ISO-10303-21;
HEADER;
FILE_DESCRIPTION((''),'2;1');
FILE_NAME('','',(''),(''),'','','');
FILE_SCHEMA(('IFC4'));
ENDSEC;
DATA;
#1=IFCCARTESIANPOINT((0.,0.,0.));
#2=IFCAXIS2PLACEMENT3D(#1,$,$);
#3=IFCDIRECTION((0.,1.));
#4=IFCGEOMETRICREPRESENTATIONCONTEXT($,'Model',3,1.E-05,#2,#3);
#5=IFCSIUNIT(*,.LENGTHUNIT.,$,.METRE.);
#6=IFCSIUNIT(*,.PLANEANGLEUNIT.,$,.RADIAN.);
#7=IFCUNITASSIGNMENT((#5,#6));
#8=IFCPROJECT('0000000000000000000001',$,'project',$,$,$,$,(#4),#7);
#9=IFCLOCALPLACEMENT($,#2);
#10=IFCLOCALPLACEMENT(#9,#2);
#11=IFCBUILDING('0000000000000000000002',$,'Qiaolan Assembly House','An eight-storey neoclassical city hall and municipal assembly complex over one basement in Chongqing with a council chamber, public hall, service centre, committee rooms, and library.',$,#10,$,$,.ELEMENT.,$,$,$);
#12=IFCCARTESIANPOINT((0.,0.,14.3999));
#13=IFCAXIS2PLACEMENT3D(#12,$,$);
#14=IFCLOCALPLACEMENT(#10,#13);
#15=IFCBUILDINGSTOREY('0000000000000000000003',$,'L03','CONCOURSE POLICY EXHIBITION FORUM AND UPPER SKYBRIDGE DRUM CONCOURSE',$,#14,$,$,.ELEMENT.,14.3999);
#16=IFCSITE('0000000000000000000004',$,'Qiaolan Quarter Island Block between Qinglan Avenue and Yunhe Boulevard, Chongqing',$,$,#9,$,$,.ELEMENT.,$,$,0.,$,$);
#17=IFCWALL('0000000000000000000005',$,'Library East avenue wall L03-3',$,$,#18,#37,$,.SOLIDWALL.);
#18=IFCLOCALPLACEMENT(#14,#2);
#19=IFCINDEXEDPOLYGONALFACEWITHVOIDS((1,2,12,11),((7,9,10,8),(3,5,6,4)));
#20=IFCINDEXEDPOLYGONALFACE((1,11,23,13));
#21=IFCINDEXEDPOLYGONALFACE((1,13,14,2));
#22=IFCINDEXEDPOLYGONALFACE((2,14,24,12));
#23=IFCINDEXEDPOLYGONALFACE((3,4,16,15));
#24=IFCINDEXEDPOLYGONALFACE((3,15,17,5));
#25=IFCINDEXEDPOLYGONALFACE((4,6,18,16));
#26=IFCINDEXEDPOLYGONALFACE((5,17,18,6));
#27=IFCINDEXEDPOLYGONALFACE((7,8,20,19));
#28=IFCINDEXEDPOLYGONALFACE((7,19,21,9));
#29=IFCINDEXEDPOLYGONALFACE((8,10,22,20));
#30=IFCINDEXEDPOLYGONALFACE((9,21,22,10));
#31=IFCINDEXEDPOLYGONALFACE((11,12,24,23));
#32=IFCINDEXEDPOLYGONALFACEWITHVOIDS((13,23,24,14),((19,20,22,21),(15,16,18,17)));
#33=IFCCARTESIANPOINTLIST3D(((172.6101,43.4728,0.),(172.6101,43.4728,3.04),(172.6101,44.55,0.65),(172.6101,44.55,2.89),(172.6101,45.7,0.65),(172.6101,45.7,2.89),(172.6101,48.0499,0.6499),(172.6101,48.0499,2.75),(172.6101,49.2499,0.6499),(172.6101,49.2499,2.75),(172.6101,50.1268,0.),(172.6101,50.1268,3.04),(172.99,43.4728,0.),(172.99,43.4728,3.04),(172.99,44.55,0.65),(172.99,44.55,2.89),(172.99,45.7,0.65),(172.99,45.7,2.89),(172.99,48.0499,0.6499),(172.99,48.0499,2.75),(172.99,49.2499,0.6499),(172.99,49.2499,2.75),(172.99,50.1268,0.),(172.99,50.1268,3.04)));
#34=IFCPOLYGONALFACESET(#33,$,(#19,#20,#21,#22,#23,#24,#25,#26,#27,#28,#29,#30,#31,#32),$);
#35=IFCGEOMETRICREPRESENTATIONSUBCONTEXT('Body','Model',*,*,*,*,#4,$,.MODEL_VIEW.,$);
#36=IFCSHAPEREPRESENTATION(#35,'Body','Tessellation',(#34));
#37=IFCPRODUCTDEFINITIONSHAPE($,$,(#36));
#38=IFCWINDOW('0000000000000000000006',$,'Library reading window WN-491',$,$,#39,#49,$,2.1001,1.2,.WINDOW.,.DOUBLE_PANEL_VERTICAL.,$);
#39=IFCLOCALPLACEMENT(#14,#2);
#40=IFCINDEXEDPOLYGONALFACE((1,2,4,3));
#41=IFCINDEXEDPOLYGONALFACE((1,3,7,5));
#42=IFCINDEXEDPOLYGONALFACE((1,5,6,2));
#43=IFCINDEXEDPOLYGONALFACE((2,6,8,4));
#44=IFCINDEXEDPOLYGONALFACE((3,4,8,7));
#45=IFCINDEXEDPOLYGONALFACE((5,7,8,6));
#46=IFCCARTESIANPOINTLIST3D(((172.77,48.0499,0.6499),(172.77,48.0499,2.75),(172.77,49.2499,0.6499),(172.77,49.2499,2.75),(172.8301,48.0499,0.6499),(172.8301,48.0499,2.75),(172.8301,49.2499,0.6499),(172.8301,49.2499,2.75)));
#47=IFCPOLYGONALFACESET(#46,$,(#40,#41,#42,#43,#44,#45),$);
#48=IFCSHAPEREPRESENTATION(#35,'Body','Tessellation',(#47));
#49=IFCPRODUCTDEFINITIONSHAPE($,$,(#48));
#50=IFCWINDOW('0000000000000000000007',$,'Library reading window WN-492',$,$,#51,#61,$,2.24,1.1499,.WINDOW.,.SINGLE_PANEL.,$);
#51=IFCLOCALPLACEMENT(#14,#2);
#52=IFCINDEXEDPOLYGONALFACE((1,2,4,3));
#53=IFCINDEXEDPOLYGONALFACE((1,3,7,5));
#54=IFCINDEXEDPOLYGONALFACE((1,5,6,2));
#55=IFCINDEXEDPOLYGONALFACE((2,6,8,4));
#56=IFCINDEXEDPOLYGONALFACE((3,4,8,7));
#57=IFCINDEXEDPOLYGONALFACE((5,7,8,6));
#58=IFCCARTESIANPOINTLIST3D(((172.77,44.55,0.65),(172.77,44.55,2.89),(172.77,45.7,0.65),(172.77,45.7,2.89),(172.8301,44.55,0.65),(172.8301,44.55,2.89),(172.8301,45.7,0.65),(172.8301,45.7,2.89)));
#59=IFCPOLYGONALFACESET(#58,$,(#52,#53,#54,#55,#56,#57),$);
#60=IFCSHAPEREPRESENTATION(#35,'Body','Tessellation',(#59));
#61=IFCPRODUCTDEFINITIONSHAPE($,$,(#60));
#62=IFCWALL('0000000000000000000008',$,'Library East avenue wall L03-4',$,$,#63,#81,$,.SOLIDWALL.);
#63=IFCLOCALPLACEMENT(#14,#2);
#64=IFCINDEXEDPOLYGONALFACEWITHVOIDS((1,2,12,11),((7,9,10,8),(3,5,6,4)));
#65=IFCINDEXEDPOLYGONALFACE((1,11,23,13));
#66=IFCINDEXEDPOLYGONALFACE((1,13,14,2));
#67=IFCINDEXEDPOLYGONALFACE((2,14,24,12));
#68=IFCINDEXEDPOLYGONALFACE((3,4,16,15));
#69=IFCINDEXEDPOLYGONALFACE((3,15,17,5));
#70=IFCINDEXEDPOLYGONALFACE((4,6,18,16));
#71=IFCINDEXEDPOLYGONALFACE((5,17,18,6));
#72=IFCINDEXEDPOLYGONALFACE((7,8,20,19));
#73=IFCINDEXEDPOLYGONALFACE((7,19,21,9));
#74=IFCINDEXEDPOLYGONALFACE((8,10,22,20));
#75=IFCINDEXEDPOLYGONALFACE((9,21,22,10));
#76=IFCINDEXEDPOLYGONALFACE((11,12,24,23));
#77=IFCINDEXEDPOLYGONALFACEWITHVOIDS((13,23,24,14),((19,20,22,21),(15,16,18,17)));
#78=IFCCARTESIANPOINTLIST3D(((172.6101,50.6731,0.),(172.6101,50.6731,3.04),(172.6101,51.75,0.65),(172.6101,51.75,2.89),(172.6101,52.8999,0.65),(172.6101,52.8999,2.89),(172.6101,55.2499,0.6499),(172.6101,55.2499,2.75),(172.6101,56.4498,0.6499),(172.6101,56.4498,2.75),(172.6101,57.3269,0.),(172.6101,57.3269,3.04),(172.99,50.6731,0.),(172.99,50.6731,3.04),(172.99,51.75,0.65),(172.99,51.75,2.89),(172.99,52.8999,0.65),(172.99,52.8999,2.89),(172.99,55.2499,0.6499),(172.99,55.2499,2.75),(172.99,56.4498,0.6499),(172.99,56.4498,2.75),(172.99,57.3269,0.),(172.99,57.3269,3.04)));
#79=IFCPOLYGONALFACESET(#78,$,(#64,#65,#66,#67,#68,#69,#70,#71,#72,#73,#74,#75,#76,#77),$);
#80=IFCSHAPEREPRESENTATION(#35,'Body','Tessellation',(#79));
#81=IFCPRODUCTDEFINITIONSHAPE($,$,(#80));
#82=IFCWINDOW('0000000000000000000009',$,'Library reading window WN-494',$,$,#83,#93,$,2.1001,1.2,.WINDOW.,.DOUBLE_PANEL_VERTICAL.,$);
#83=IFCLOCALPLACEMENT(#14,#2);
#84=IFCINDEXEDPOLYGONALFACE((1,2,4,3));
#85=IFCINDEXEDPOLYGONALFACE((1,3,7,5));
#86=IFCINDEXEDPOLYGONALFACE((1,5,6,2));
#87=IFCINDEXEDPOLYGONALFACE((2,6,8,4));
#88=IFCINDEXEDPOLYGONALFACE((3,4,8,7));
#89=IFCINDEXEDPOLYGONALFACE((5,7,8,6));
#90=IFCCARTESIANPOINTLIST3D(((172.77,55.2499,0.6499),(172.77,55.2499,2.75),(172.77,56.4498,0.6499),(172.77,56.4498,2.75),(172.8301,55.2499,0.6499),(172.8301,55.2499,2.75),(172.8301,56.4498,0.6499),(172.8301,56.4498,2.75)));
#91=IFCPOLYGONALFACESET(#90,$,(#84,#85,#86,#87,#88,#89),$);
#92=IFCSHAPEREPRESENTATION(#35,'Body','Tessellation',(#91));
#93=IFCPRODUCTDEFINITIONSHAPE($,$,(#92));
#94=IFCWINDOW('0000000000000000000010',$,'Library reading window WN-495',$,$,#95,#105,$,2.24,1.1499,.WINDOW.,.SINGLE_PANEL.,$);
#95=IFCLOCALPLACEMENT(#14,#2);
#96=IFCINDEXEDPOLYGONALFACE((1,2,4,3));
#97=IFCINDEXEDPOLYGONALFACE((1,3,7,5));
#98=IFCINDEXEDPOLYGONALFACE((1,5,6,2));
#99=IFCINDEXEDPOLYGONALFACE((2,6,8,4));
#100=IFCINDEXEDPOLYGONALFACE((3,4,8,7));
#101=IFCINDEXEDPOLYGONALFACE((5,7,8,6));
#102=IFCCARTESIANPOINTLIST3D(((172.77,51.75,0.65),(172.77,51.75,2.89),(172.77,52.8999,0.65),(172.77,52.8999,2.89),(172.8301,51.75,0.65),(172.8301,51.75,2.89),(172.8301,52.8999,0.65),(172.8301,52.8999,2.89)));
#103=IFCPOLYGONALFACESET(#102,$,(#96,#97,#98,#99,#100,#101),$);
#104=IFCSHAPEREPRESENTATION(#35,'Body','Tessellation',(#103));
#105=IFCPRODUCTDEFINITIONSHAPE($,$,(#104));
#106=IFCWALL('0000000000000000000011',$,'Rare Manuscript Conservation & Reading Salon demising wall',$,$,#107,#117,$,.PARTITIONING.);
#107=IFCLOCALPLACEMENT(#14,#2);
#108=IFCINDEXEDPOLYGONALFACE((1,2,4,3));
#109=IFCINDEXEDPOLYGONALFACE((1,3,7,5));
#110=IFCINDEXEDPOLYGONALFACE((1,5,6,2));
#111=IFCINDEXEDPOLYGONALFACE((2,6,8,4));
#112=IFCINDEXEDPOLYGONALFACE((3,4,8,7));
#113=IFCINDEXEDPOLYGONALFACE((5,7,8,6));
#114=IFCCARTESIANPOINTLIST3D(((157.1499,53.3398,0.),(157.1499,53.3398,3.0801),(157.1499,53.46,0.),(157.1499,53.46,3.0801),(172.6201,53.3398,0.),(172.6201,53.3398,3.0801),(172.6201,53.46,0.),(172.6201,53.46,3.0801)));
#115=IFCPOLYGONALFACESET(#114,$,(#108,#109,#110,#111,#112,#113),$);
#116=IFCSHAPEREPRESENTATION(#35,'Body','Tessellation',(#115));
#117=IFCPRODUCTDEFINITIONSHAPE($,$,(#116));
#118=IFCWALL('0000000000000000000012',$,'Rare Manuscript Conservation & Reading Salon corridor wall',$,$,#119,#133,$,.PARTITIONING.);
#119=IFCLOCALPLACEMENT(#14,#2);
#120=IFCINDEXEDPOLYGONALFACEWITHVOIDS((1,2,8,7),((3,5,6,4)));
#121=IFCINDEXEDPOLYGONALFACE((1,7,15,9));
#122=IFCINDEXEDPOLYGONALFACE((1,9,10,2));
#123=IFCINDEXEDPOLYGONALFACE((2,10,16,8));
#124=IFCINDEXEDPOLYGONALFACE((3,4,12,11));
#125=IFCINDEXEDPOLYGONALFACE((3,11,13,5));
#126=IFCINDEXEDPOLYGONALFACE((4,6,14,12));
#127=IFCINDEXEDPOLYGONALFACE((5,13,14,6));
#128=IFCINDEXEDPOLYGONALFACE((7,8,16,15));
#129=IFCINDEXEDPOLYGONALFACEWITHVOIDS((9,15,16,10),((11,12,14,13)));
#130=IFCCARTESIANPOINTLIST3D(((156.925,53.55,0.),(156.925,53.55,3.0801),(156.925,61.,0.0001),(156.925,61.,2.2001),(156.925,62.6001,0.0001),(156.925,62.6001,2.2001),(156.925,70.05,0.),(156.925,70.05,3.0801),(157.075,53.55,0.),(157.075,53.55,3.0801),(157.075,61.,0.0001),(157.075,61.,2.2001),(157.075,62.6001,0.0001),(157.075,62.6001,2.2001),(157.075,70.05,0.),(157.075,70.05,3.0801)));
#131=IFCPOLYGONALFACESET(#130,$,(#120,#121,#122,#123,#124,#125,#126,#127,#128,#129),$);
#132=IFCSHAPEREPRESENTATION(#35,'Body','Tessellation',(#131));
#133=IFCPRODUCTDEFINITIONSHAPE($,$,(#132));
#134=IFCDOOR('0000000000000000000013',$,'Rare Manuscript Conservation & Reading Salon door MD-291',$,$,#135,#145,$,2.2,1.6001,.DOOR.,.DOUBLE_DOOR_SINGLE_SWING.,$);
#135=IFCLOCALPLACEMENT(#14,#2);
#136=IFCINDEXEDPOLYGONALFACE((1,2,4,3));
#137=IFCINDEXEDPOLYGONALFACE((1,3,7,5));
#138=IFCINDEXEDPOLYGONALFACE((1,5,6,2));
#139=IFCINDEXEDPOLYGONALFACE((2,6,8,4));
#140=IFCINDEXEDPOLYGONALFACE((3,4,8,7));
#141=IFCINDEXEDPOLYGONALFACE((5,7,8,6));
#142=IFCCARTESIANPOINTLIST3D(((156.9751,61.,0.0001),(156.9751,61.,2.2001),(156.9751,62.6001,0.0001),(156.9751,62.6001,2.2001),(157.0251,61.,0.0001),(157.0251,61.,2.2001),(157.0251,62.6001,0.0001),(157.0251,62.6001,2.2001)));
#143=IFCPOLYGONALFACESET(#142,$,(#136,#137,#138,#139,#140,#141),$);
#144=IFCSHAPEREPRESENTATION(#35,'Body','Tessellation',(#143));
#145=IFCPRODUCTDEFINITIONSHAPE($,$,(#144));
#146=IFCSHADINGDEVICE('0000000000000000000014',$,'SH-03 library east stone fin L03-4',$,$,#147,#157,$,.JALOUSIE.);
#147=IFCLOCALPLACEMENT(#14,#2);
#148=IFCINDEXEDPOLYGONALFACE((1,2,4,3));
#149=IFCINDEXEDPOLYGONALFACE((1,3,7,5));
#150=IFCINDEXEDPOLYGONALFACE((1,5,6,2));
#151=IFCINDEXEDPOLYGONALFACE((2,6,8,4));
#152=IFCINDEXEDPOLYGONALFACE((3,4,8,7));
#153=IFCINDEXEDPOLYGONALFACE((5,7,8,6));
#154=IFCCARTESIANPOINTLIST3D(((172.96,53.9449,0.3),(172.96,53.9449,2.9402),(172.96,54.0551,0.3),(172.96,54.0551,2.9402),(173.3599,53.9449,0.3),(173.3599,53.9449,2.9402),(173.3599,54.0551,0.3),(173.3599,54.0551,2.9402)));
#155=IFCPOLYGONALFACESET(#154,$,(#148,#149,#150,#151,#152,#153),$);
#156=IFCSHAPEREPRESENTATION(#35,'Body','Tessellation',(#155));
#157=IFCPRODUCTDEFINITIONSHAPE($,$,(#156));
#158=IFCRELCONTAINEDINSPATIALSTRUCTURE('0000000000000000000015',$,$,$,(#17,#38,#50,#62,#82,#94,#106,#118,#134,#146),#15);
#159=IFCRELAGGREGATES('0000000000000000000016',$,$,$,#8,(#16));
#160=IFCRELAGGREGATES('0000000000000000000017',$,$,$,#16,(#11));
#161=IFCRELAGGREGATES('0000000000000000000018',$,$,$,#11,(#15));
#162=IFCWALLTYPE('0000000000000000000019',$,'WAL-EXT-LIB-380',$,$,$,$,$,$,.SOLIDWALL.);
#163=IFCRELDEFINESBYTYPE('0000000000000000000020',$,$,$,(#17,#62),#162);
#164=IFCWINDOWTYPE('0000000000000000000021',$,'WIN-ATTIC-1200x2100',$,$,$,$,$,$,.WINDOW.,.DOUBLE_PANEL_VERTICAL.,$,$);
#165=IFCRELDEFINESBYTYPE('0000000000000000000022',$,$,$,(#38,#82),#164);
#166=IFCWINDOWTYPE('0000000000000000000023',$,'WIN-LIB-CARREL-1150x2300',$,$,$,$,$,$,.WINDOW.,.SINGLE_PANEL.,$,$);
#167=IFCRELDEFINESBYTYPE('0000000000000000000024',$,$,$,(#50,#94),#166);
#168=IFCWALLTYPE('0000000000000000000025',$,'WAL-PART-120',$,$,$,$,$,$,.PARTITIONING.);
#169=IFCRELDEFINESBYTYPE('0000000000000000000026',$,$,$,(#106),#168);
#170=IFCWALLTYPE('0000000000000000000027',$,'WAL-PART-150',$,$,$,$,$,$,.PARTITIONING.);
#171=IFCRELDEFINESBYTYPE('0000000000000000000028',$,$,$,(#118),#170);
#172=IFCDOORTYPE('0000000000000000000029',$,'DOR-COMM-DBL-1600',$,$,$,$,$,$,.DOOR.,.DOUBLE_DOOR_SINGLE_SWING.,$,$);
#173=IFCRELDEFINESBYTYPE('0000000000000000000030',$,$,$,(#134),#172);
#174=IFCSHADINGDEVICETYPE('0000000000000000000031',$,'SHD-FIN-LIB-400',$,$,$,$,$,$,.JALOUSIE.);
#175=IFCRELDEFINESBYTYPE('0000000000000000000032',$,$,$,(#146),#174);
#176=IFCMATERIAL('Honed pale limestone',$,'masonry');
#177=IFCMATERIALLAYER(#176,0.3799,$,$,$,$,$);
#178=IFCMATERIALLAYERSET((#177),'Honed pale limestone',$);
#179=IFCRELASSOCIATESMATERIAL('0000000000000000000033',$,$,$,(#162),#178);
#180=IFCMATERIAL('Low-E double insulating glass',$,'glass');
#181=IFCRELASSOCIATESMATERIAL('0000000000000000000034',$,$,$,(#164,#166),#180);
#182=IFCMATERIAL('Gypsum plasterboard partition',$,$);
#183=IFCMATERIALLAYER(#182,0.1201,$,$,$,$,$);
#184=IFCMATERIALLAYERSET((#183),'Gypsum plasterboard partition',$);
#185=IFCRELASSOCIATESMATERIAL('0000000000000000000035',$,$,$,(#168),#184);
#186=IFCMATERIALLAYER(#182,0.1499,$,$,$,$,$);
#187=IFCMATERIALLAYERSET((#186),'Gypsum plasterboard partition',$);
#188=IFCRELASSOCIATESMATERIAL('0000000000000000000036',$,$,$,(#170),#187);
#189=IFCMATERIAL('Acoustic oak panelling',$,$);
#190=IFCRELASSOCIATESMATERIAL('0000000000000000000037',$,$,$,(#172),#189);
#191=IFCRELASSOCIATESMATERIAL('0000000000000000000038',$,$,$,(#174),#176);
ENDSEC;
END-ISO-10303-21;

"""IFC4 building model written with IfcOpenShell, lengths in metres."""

from ifc_helpers import new_model, si_unit, direction, frame, frame_2d, origin, origin_2d, place, context, subcontext, project, spatial, rectangle, extrude, material, layer, layer_set, material_profile, profile_set, type_object, element, fill, save


model = new_model("IFC4")

# Units and contexts
model_context = context("Model", 3, precision=1e-05, world=origin(), true_north=direction((0.0, 1.0)))
body_context = subcontext(model_context, "Body", "Model", "MODEL_VIEW")
ifc_project = project(units=[si_unit("LENGTHUNIT", "METRE"), si_unit("PLANEANGLEUNIT", "RADIAN")], contexts=[model_context])

# Site, building, storey
site_placement = place(None, origin())
site = spatial("IfcSite", under=ifc_project, at=site_placement, Name="Qiaolan Quarter Island Block between Qinglan Avenue and Yunhe Boulevard, Chongqing", CompositionType="ELEMENT", RefElevation=0.0)
building_placement = place(site_placement, origin())
building = spatial("IfcBuilding", under=site, at=building_placement, Name="Qiaolan Assembly House", Description="An eight-storey neoclassical city hall and municipal assembly complex over one basement in Chongqing with a council chamber, public hall, service centre, committee rooms, and library.", CompositionType="ELEMENT")
storey_placement = place(building_placement, frame((0.0, 0.0, 14.3999)))
storey = spatial("IfcBuildingStorey", under=building, at=storey_placement, Name="L03", Description="CONCOURSE POLICY EXHIBITION FORUM AND UPPER SKYBRIDGE DRUM CONCOURSE", CompositionType="ELEMENT", Elevation=14.3999)

# Walls, openings, windows
ifc_material_1 = material(Name="Honed pale limestone", Category="masonry")
ifc_layer_1 = layer(ifc_material_1, 0.3799)
ifc_layer_set_1 = layer_set([ifc_layer_1], Name="Honed pale limestone")
wall_type_1 = type_object("IfcWallType", Name="WAL-EXT-LIB-380", PredefinedType="SOLIDWALL", material=ifc_layer_set_1)
wall_1_placement = place(storey_placement, frame((172.8, 50.127, 0.0), z_axis=(0.0, 0.0, 1.0), x_axis=(0.0, -1.0, 0.0)))
wall_1 = element("IfcWall", 1, at=wall_1_placement, inside=storey, type_object=wall_type_1, Name="Library East avenue wall L03-3", PredefinedType="SOLIDWALL", context=body_context, shape_type="SweptSolid", body=[
    extrude(rectangle(XDim=6.6541, YDim=0.3799, at=frame_2d((3.3271, 0.0))), origin(), (0.0, 0.0, 1.0), 3.04),
])
opening_1_placement = place(wall_1_placement, frame((0.877, 0.0, 0.6499)))
opening_1 = element("IfcOpeningElement", 2, at=opening_1_placement, cuts=wall_1, PredefinedType="OPENING", context=body_context, shape_type="SweptSolid", body=[
    extrude(rectangle(XDim=1.2, YDim=2.1001, at=frame_2d((0.6001, 1.05))), frame((0.0, 0.2, 0.0), z_axis=(0.0, -1.0, 0.0), x_axis=(1.0, 0.0, 0.0)), (0.0, 0.0, 1.0), 0.3999),
])
opening_2_placement = place(wall_1_placement, frame((4.427, 0.0, 0.6499)))
opening_2 = element("IfcOpeningElement", 3, at=opening_2_placement, cuts=wall_1, PredefinedType="OPENING", context=body_context, shape_type="SweptSolid", body=[
    extrude(rectangle(XDim=1.1499, YDim=2.24, at=frame_2d((0.575, 1.1201))), frame((0.0, 0.2, 0.0), z_axis=(0.0, -1.0, 0.0), x_axis=(1.0, 0.0, 0.0)), (0.0, 0.0, 1.0), 0.3999),
])
ifc_material_2 = material(Name="Low-E double insulating glass", Category="glass")
window_type_1 = type_object("IfcWindowType", Name="WIN-ATTIC-1200x2100", PartitioningType="DOUBLE_PANEL_VERTICAL", PredefinedType="WINDOW", material=ifc_material_2)
window_1_placement = place(opening_1_placement, origin())
window_1 = element("IfcWindow", 4, at=window_1_placement, inside=storey, type_object=window_type_1, Name="Library reading window WN-491", OverallHeight=2.1001, OverallWidth=1.2, PartitioningType="DOUBLE_PANEL_VERTICAL", PredefinedType="WINDOW", context=body_context, shape_type="SweptSolid", body=[
    extrude(rectangle(XDim=1.2, YDim=2.1001, at=frame_2d((0.6001, 1.05))), frame((0.0, 0.03, 0.0), z_axis=(0.0, -1.0, 0.0), x_axis=(1.0, 0.0, 0.0)), (0.0, 0.0, 1.0), 0.0601),
])
fill(opening_1, window_1)
window_type_2 = type_object("IfcWindowType", Name="WIN-LIB-CARREL-1150x2300", PartitioningType="SINGLE_PANEL", PredefinedType="WINDOW", material=ifc_material_2)
window_2_placement = place(opening_2_placement, origin())
window_2 = element("IfcWindow", 5, at=window_2_placement, inside=storey, type_object=window_type_2, Name="Library reading window WN-492", OverallHeight=2.24, OverallWidth=1.1499, PartitioningType="SINGLE_PANEL", PredefinedType="WINDOW", context=body_context, shape_type="SweptSolid", body=[
    extrude(rectangle(XDim=1.1499, YDim=2.24, at=frame_2d((0.575, 1.1201))), frame((0.0, 0.03, 0.0), z_axis=(0.0, -1.0, 0.0), x_axis=(1.0, 0.0, 0.0)), (0.0, 0.0, 1.0), 0.0601),
])
fill(opening_2, window_2)
wall_2_placement = place(storey_placement, frame((172.8, 57.3269, 0.0), z_axis=(0.0, 0.0, 1.0), x_axis=(0.0, -1.0, 0.0)))
wall_2 = element("IfcWall", 6, at=wall_2_placement, inside=storey, type_object=wall_type_1, Name="Library East avenue wall L03-4", PredefinedType="SOLIDWALL", context=body_context, shape_type="SweptSolid", body=[
    extrude(rectangle(XDim=6.6538, YDim=0.3799, at=frame_2d((3.3269, 0.0))), origin(), (0.0, 0.0, 1.0), 3.04),
])
opening_3_placement = place(wall_2_placement, frame((0.877, 0.0, 0.6499)))
opening_3 = element("IfcOpeningElement", 7, at=opening_3_placement, cuts=wall_2, PredefinedType="OPENING", context=body_context, shape_type="SweptSolid", body=[
    extrude(rectangle(XDim=1.2, YDim=2.1001, at=frame_2d((0.6001, 1.05))), frame((0.0, 0.2, 0.0), z_axis=(0.0, -1.0, 0.0), x_axis=(1.0, 0.0, 0.0)), (0.0, 0.0, 1.0), 0.3999),
])
opening_4_placement = place(wall_2_placement, frame((4.427, 0.0, 0.6499)))
opening_4 = element("IfcOpeningElement", 8, at=opening_4_placement, cuts=wall_2, PredefinedType="OPENING", context=body_context, shape_type="SweptSolid", body=[
    extrude(rectangle(XDim=1.1499, YDim=2.24, at=frame_2d((0.575, 1.1201))), frame((0.0, 0.2, 0.0), z_axis=(0.0, -1.0, 0.0), x_axis=(1.0, 0.0, 0.0)), (0.0, 0.0, 1.0), 0.3999),
])
window_3_placement = place(opening_3_placement, origin())
window_3 = element("IfcWindow", 9, at=window_3_placement, inside=storey, type_object=window_type_1, Name="Library reading window WN-494", OverallHeight=2.1001, OverallWidth=1.2, PartitioningType="DOUBLE_PANEL_VERTICAL", PredefinedType="WINDOW", context=body_context, shape_type="SweptSolid", body=[
    extrude(rectangle(XDim=1.2, YDim=2.1001, at=frame_2d((0.6001, 1.05))), frame((0.0, 0.03, 0.0), z_axis=(0.0, -1.0, 0.0), x_axis=(1.0, 0.0, 0.0)), (0.0, 0.0, 1.0), 0.0601),
])
fill(opening_3, window_3)
window_4_placement = place(opening_4_placement, origin())
window_4 = element("IfcWindow", 10, at=window_4_placement, inside=storey, type_object=window_type_2, Name="Library reading window WN-495", OverallHeight=2.24, OverallWidth=1.1499, PartitioningType="SINGLE_PANEL", PredefinedType="WINDOW", context=body_context, shape_type="SweptSolid", body=[
    extrude(rectangle(XDim=1.1499, YDim=2.24, at=frame_2d((0.575, 1.1201))), frame((0.0, 0.03, 0.0), z_axis=(0.0, -1.0, 0.0), x_axis=(1.0, 0.0, 0.0)), (0.0, 0.0, 1.0), 0.0601),
])
fill(opening_4, window_4)

# Wall
ifc_material_3 = material(Name="Gypsum plasterboard partition")
ifc_layer_2 = layer(ifc_material_3, 0.1201)
ifc_layer_set_2 = layer_set([ifc_layer_2], Name="Gypsum plasterboard partition")
wall_type_2 = type_object("IfcWallType", Name="WAL-PART-120", PredefinedType="PARTITIONING", material=ifc_layer_set_2)
wall_3_placement = place(storey_placement, frame((157.1499, 53.3999, 0.0), z_axis=(0.0, 0.0, 1.0), x_axis=(1.0, 0.0, 0.0)))
element("IfcWall", 11, at=wall_3_placement, inside=storey, type_object=wall_type_2, Name="Rare Manuscript Conservation & Reading Salon demising wall", PredefinedType="PARTITIONING", context=body_context, shape_type="SweptSolid", body=[
    extrude(rectangle(XDim=15.4702, YDim=0.1201, at=frame_2d((7.7351, 0.0))), origin(), (0.0, 0.0, 1.0), 3.0801),
])

# Wall, opening, door
ifc_layer_3 = layer(ifc_material_3, 0.1499)
ifc_layer_set_3 = layer_set([ifc_layer_3], Name="Gypsum plasterboard partition")
wall_type_3 = type_object("IfcWallType", Name="WAL-PART-150", PredefinedType="PARTITIONING", material=ifc_layer_set_3)
wall_4_placement = place(storey_placement, frame((157.0, 53.55, 0.0), z_axis=(0.0, 0.0, 1.0), x_axis=(0.0, 1.0, 0.0)))
wall_4 = element("IfcWall", 12, at=wall_4_placement, inside=storey, type_object=wall_type_3, Name="Rare Manuscript Conservation & Reading Salon corridor wall", PredefinedType="PARTITIONING", context=body_context, shape_type="SweptSolid", body=[
    extrude(rectangle(XDim=16.5, YDim=0.1499, at=frame_2d((8.25, 0.0))), origin(), (0.0, 0.0, 1.0), 3.0801),
])
opening_5_placement = place(wall_4_placement, frame((7.45, 0.0, 0.0)))
opening_5 = element("IfcOpeningElement", 13, at=opening_5_placement, cuts=wall_4, PredefinedType="OPENING", context=body_context, shape_type="SweptSolid", body=[
    extrude(rectangle(XDim=1.6001, YDim=2.2, at=frame_2d((0.8, 1.1001))), frame((0.0, 0.085, 0.0), z_axis=(0.0, -1.0, 0.0), x_axis=(1.0, 0.0, 0.0)), (0.0, 0.0, 1.0), 0.1699),
])
ifc_material_4 = material(Name="Acoustic oak panelling")
door_type = type_object("IfcDoorType", Name="DOR-COMM-DBL-1600", OperationType="DOUBLE_DOOR_SINGLE_SWING", PredefinedType="DOOR", material=ifc_material_4)
door_placement = place(opening_5_placement, origin())
door = element("IfcDoor", 14, at=door_placement, inside=storey, type_object=door_type, Name="Rare Manuscript Conservation & Reading Salon door MD-291", OperationType="DOUBLE_DOOR_SINGLE_SWING", OverallHeight=2.2, OverallWidth=1.6001, PredefinedType="DOOR", context=body_context, shape_type="SweptSolid", body=[
    extrude(rectangle(XDim=1.6001, YDim=2.2, at=frame_2d((0.8, 1.1001))), frame((0.0, 0.0249, 0.0), z_axis=(0.0, -1.0, 0.0), x_axis=(1.0, 0.0, 0.0)), (0.0, 0.0, 1.0), 0.05),
])
fill(opening_5, door)

# Shading device
ifc_material_profile_1 = material_profile(ifc_material_1, rectangle(XDim=0.1101, YDim=0.3999, at=origin_2d()), Name="FIN 110x400")
ifc_profile_set_1 = profile_set([ifc_material_profile_1], Name="Honed pale limestone")
shading_device_type = type_object("IfcShadingDeviceType", Name="SHD-FIN-LIB-400", PredefinedType="JALOUSIE", material=ifc_profile_set_1)
shading_device_placement = place(storey_placement, frame((173.1599, 54.0, 0.3), z_axis=(0.0, 0.0, 1.0), x_axis=(0.0, 1.0, 0.0)))
element("IfcShadingDevice", 15, at=shading_device_placement, inside=storey, type_object=shading_device_type, Name="SH-03 library east stone fin L03-4", PredefinedType="JALOUSIE", context=body_context, shape_type="SweptSolid", body=[
    extrude(rectangle(XDim=0.1101, YDim=0.3999, at=origin_2d()), origin(), (0.0, 0.0, 1.0), 2.6401),
])

save(model, "model.ifc")
